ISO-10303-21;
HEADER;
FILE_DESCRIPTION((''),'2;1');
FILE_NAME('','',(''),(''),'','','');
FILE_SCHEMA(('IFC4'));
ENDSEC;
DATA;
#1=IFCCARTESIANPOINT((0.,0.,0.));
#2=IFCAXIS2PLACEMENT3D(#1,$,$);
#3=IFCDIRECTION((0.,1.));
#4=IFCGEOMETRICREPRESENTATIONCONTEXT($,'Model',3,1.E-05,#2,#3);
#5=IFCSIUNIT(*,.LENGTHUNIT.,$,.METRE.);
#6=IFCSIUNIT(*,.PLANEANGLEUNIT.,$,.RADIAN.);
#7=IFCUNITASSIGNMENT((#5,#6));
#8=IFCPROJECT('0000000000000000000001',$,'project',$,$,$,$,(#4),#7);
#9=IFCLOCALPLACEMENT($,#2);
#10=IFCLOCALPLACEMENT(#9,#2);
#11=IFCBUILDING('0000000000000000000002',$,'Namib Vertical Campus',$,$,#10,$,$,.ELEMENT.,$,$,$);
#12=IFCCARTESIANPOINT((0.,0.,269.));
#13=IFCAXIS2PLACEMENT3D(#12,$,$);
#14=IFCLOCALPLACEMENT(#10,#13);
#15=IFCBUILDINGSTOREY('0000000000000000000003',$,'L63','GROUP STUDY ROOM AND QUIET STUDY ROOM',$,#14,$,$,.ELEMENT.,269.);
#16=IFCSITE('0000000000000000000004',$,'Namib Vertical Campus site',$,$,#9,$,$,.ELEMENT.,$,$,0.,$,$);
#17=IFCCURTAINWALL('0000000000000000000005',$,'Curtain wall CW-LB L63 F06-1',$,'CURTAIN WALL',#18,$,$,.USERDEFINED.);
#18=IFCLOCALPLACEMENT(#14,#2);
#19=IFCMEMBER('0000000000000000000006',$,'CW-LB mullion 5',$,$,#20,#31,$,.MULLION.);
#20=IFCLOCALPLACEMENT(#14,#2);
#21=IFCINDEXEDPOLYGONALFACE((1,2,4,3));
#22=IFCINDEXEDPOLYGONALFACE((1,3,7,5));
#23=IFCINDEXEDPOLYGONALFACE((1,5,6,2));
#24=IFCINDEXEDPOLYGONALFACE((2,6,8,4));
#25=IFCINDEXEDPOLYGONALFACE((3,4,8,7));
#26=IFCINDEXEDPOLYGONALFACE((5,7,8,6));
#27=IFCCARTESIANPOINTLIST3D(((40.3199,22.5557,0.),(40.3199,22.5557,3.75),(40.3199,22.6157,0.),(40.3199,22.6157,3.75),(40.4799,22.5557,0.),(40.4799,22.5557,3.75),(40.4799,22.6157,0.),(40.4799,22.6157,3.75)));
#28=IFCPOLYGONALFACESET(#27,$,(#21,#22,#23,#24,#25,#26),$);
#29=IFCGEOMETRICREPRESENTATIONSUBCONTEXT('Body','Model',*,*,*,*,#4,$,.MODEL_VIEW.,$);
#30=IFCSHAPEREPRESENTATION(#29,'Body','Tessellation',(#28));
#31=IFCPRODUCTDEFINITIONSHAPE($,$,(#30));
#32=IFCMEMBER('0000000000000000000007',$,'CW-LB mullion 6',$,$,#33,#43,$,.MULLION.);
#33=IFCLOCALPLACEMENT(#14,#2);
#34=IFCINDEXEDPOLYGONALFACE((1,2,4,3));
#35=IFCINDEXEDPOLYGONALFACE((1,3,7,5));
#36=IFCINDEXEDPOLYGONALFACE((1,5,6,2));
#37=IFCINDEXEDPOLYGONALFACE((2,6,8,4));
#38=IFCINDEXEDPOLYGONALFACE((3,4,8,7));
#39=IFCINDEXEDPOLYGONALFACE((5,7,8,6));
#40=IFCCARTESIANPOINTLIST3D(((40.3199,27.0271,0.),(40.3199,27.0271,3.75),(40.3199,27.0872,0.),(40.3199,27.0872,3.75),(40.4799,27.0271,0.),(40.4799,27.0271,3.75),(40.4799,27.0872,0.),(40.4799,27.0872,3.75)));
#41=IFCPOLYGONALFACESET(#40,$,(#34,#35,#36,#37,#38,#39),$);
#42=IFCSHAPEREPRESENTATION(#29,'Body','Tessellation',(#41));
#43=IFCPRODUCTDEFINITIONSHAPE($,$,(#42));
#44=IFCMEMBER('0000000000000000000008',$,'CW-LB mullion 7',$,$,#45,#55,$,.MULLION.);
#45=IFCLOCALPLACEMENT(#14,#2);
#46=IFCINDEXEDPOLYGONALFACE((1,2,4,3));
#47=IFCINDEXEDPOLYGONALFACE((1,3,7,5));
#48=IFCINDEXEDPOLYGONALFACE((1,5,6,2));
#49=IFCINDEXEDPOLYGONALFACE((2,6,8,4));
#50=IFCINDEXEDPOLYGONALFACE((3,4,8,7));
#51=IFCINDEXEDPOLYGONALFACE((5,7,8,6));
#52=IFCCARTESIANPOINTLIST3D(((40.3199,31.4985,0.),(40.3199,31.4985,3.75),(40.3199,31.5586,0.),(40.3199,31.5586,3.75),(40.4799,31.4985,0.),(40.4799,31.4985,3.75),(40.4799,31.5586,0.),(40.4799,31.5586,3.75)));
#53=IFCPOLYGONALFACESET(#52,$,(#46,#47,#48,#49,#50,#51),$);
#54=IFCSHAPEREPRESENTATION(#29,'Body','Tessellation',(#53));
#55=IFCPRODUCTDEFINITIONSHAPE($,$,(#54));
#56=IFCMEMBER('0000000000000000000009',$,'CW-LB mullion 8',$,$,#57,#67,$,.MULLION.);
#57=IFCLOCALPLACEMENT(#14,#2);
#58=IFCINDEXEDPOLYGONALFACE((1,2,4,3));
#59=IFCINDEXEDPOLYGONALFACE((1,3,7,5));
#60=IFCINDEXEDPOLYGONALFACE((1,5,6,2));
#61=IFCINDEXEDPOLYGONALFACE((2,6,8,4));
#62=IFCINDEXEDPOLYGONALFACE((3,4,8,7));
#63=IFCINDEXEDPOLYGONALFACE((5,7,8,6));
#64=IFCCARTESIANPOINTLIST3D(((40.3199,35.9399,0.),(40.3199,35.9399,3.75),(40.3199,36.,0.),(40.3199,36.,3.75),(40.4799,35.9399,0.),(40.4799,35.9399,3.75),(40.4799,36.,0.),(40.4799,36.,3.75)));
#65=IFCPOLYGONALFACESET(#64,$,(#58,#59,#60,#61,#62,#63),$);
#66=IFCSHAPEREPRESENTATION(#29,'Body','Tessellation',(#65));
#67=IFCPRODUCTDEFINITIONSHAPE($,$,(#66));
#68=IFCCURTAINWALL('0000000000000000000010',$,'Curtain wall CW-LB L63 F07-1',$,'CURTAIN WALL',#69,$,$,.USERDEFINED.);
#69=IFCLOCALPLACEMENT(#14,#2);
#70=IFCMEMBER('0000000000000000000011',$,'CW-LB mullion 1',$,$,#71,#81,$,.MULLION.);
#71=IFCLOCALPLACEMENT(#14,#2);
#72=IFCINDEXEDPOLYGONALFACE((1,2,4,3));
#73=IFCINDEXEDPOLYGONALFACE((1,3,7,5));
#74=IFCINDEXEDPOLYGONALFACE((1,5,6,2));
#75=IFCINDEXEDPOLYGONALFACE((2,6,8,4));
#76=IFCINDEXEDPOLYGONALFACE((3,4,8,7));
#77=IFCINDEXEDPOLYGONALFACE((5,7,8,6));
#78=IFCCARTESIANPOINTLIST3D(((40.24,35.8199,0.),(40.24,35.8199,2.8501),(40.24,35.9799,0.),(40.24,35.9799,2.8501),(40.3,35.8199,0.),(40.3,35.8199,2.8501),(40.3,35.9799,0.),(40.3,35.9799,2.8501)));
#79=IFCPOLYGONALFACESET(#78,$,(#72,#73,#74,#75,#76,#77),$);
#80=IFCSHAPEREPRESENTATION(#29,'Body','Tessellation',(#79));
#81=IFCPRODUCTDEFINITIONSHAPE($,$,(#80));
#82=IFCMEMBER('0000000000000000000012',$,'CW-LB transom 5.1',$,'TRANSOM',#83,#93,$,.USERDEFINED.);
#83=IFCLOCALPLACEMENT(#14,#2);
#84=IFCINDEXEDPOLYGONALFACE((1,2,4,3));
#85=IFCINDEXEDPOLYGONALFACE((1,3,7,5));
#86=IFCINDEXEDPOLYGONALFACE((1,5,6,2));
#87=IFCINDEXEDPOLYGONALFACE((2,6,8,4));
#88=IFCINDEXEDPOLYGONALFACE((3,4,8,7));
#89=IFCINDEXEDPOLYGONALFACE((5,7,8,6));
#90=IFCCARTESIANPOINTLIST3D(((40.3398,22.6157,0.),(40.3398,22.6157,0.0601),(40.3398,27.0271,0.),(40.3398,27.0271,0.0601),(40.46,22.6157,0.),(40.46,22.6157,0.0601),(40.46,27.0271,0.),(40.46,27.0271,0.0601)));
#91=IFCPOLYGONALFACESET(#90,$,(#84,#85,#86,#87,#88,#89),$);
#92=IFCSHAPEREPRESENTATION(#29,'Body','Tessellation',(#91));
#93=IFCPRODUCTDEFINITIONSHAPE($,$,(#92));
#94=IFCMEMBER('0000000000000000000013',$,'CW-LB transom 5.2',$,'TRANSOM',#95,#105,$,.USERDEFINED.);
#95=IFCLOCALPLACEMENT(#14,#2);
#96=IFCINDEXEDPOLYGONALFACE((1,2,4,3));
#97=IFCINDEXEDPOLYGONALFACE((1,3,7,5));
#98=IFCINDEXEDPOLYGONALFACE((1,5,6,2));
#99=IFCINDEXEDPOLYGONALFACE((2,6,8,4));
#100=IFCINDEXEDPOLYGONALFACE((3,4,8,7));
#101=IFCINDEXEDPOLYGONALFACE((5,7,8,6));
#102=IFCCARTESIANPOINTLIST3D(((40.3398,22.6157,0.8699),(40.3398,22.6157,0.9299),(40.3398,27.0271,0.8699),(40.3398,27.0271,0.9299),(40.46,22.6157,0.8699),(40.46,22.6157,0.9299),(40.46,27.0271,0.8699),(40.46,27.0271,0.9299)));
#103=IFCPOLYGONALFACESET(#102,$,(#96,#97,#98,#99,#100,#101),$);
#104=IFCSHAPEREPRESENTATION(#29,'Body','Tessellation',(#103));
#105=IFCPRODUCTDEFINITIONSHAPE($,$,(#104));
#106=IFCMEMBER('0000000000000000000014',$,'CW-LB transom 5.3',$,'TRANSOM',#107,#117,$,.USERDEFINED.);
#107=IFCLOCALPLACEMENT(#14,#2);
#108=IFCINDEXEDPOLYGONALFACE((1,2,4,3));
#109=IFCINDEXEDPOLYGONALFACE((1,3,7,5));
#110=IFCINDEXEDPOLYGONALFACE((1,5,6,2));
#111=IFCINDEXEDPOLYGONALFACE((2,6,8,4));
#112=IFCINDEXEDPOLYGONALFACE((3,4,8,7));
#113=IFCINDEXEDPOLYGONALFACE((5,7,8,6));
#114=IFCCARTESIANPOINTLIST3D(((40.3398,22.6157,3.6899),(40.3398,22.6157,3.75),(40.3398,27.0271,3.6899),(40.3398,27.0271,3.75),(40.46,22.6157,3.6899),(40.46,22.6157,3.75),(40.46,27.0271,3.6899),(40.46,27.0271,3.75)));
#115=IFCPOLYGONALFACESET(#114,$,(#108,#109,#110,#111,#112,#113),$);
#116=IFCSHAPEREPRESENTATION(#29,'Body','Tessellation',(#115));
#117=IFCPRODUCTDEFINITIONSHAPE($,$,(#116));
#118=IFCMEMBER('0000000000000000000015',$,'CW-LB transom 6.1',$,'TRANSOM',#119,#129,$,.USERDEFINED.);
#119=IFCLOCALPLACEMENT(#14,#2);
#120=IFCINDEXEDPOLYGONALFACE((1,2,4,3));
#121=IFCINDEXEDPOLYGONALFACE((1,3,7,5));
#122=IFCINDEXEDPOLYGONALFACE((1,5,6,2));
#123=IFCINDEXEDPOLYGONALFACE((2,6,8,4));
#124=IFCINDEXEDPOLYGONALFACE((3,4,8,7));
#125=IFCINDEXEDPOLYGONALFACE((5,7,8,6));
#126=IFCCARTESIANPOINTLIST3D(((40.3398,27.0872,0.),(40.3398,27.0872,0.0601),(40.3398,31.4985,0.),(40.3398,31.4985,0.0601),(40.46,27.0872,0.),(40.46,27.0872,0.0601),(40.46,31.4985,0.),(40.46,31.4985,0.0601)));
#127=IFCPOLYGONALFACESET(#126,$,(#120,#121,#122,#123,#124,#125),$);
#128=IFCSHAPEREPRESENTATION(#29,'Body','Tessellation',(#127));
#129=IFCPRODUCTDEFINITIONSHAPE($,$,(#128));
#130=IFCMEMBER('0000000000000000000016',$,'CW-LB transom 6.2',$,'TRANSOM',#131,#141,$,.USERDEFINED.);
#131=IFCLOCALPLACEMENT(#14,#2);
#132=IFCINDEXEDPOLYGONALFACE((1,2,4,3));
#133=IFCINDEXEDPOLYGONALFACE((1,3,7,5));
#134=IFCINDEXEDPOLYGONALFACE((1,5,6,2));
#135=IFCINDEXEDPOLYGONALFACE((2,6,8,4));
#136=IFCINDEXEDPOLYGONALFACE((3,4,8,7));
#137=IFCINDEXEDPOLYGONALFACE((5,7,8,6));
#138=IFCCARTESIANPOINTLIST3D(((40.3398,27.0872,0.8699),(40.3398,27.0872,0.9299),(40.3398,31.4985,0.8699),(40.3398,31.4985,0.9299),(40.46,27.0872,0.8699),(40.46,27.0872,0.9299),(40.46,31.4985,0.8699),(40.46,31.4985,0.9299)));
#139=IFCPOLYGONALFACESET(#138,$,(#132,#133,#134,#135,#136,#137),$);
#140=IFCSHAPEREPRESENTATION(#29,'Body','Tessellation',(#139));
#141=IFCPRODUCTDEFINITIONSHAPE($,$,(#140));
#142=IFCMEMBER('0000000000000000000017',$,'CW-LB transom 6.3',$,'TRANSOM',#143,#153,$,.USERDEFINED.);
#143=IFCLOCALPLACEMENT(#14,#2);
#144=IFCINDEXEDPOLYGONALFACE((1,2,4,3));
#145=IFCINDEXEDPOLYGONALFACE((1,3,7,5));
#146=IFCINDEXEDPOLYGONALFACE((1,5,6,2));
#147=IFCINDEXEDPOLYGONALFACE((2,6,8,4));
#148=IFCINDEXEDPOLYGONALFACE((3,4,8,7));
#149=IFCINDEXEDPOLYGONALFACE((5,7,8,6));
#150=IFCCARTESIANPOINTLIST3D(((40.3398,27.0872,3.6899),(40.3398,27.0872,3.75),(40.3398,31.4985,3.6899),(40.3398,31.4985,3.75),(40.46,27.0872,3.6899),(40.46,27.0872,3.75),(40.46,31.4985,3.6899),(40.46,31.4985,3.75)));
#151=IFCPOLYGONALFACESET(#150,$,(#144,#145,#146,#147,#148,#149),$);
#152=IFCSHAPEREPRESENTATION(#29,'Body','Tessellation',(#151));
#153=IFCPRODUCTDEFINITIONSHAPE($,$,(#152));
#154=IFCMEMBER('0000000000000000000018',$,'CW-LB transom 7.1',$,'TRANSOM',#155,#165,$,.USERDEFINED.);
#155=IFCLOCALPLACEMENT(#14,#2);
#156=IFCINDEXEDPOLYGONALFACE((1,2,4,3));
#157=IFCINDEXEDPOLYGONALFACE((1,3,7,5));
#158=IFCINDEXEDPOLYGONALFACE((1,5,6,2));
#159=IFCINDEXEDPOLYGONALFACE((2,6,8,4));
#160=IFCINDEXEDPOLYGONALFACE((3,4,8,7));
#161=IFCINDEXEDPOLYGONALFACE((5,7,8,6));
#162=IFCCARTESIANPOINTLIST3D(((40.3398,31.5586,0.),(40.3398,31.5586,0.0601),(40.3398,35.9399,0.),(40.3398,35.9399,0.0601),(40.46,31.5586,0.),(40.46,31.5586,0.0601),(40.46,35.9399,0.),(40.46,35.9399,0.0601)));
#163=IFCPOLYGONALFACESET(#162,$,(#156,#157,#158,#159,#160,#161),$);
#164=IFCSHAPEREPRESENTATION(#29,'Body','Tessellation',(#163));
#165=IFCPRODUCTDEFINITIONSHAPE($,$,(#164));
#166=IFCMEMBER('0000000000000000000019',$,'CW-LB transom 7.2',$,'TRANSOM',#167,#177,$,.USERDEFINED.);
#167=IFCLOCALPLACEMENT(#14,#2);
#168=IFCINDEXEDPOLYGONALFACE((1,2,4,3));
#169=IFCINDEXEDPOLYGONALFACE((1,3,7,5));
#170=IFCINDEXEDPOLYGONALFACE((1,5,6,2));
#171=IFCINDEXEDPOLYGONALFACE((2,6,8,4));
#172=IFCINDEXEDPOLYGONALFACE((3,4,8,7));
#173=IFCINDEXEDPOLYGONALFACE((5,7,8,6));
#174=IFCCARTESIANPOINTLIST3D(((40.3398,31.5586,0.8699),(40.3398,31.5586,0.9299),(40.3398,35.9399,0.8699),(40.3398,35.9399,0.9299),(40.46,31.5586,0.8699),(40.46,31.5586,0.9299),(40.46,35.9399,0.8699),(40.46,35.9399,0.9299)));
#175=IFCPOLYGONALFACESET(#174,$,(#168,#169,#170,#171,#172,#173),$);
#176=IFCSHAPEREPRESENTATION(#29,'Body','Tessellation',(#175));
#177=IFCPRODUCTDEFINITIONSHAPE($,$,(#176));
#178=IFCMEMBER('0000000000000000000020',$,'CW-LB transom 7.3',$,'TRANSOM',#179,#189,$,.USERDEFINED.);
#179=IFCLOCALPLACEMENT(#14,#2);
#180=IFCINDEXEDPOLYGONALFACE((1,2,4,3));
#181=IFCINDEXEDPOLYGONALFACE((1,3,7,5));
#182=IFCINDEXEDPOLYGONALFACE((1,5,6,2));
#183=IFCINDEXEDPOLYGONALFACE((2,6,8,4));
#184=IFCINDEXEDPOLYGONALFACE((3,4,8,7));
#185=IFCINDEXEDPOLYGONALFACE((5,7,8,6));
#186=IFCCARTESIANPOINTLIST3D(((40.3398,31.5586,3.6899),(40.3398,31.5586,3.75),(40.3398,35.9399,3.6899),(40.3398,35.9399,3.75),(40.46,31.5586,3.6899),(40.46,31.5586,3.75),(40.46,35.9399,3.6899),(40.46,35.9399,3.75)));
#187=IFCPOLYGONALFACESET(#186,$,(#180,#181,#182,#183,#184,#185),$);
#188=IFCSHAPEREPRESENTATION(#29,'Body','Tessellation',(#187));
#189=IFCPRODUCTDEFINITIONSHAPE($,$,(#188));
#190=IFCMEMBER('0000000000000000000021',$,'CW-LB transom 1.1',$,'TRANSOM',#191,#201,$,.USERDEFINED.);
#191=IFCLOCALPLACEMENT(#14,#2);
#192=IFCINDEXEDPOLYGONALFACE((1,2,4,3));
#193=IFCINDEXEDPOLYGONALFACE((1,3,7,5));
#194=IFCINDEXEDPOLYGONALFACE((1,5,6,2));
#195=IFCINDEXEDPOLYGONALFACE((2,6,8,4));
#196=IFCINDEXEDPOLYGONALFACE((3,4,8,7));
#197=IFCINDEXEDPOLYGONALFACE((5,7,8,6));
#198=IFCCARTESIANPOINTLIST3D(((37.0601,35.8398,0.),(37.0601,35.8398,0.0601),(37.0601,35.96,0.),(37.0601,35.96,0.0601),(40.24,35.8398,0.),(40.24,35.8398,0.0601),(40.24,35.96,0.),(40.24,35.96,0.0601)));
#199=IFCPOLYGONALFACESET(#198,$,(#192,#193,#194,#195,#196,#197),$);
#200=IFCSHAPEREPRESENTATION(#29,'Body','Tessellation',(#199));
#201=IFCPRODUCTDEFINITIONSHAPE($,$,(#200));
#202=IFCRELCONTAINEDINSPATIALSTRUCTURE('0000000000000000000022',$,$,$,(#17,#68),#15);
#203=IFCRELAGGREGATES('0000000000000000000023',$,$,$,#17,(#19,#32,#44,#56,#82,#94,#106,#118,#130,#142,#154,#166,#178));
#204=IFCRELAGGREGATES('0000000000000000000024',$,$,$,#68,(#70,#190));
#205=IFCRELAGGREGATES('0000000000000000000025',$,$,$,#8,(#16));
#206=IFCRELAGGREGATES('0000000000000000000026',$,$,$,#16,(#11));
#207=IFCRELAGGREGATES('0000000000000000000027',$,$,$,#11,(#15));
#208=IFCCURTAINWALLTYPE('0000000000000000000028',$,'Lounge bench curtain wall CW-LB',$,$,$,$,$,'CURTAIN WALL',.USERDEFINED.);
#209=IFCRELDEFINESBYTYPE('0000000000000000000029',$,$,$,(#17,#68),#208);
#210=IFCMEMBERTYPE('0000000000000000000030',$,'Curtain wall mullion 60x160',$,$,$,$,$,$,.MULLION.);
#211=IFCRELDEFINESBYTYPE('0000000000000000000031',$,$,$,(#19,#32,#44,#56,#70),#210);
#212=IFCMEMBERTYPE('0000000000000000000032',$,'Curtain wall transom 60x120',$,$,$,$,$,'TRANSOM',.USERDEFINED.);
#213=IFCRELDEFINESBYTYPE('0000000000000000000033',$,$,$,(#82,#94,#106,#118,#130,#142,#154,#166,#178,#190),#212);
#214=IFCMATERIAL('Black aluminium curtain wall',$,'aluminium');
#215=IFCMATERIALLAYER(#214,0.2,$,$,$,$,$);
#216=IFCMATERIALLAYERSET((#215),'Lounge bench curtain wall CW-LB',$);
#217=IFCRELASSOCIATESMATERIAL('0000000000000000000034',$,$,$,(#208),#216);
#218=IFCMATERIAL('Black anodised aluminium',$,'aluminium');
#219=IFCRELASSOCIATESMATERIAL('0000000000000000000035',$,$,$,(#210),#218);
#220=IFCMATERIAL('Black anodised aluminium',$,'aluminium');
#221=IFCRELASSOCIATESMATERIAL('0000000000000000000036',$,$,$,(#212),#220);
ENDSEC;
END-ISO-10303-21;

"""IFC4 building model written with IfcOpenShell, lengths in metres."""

from ifc_helpers import new_model, si_unit, direction, frame, origin, origin_2d, place, context, subcontext, project, spatial, rectangle, extrude, material, layer, layer_set, material_profile, profile_set, type_object, element, aggregate, save


model = new_model("IFC4")

# Units and contexts
model_context = context("Model", 3, precision=1e-05, world=origin(), true_north=direction((0.0, 1.0)))
body_context = subcontext(model_context, "Body", "Model", "MODEL_VIEW")
ifc_project = project(units=[si_unit("LENGTHUNIT", "METRE"), si_unit("PLANEANGLEUNIT", "RADIAN")], contexts=[model_context])

# Site, building, storey
site_placement = place(None, origin())
site = spatial("IfcSite", under=ifc_project, at=site_placement, Name="Namib Vertical Campus site", CompositionType="ELEMENT", RefElevation=0.0)
building_placement = place(site_placement, origin())
building = spatial("IfcBuilding", under=site, at=building_placement, Name="Namib Vertical Campus", CompositionType="ELEMENT")
storey_placement = place(building_placement, frame((0.0, 0.0, 269.0)))
storey = spatial("IfcBuildingStorey", under=building, at=storey_placement, Name="L63", Description="GROUP STUDY ROOM AND QUIET STUDY ROOM", CompositionType="ELEMENT", Elevation=269.0)

# Curtain wall, members
ifc_material_1 = material(Name="Black aluminium curtain wall", Category="aluminium")
ifc_layer_1 = layer(ifc_material_1, 0.2)
ifc_layer_set_1 = layer_set([ifc_layer_1], Name="Lounge bench curtain wall CW-LB")
curtain_wall_type = type_object("IfcCurtainWallType", Name="Lounge bench curtain wall CW-LB", ElementType="CURTAIN WALL", PredefinedType="USERDEFINED", material=ifc_layer_set_1)
curtain_wall_1_placement = place(storey_placement, origin())
curtain_wall_1 = element("IfcCurtainWall", 1, at=curtain_wall_1_placement, inside=storey, type_object=curtain_wall_type, Name="Curtain wall CW-LB L63 F06-1", ObjectType="CURTAIN WALL", PredefinedType="USERDEFINED")
ifc_material_2 = material(Name="Black anodised aluminium", Category="aluminium")
ifc_material_profile_1 = material_profile(ifc_material_2, rectangle(XDim=0.0601, YDim=0.1599, at=origin_2d()))
ifc_profile_set_1 = profile_set([ifc_material_profile_1], Name="Black anodised aluminium")
member_type_1 = type_object("IfcMemberType", Name="Curtain wall mullion 60x160", PredefinedType="MULLION", material=ifc_profile_set_1)
member_1_placement = place(storey_placement, frame((40.3999, 22.5857, 0.0), z_axis=(0.0, 0.0, 1.0), x_axis=(0.0, 1.0, 0.0)))
member_1 = element("IfcMember", 2, at=member_1_placement, type_object=member_type_1, Name="CW-LB mullion 5", PredefinedType="MULLION", context=body_context, shape_type="SweptSolid", body=[
    extrude(rectangle(XDim=0.0601, YDim=0.1599, at=origin_2d()), origin(), (0.0, 0.0, 1.0), 3.75),
])
member_2_placement = place(storey_placement, frame((40.3999, 27.0571, 0.0), z_axis=(0.0, 0.0, 1.0), x_axis=(0.0, 1.0, 0.0)))
member_2 = element("IfcMember", 3, at=member_2_placement, type_object=member_type_1, Name="CW-LB mullion 6", PredefinedType="MULLION", context=body_context, shape_type="SweptSolid", body=[
    extrude(rectangle(XDim=0.0601, YDim=0.1599, at=origin_2d()), origin(), (0.0, 0.0, 1.0), 3.75),
])
member_3_placement = place(storey_placement, frame((40.3999, 31.5286, 0.0), z_axis=(0.0, 0.0, 1.0), x_axis=(0.0, 1.0, 0.0)))
member_3 = element("IfcMember", 4, at=member_3_placement, type_object=member_type_1, Name="CW-LB mullion 7", PredefinedType="MULLION", context=body_context, shape_type="SweptSolid", body=[
    extrude(rectangle(XDim=0.0601, YDim=0.1599, at=origin_2d()), origin(), (0.0, 0.0, 1.0), 3.75),
])
member_4_placement = place(storey_placement, frame((40.3999, 35.97, 0.0), z_axis=(0.0, 0.0, 1.0), x_axis=(0.0, 1.0, 0.0)))
member_4 = element("IfcMember", 5, at=member_4_placement, type_object=member_type_1, Name="CW-LB mullion 8", PredefinedType="MULLION", context=body_context, shape_type="SweptSolid", body=[
    extrude(rectangle(XDim=0.0601, YDim=0.1599, at=origin_2d()), origin(), (0.0, 0.0, 1.0), 3.75),
])

# Curtain wall, member
curtain_wall_2_placement = place(storey_placement, origin())
curtain_wall_2 = element("IfcCurtainWall", 6, at=curtain_wall_2_placement, inside=storey, type_object=curtain_wall_type, Name="Curtain wall CW-LB L63 F07-1", ObjectType="CURTAIN WALL", PredefinedType="USERDEFINED")
member_5_placement = place(storey_placement, frame((40.27, 35.8999, 0.0), z_axis=(0.0, 0.0, 1.0), x_axis=(-1.0, 0.0, 0.0)))
member_5 = element("IfcMember", 7, at=member_5_placement, type_object=member_type_1, Name="CW-LB mullion 1", PredefinedType="MULLION", context=body_context, shape_type="SweptSolid", body=[
    extrude(rectangle(XDim=0.0601, YDim=0.1599, at=origin_2d()), origin(), (0.0, 0.0, 1.0), 2.8501),
])

# Members
ifc_material_3 = material(Name="Black anodised aluminium", Category="aluminium")
ifc_material_profile_2 = material_profile(ifc_material_3, rectangle(XDim=0.0601, YDim=0.1201, at=origin_2d()))
ifc_profile_set_2 = profile_set([ifc_material_profile_2], Name="Black anodised aluminium")
member_type_2 = type_object("IfcMemberType", Name="Curtain wall transom 60x120", ElementType="TRANSOM", PredefinedType="USERDEFINED", material=ifc_profile_set_2)
member_6_placement = place(storey_placement, frame((40.3999, 22.6157, 0.03), z_axis=(0.0, 1.0, 0.0), x_axis=(0.0, 0.0, 1.0)))
member_6 = element("IfcMember", 8, at=member_6_placement, type_object=member_type_2, Name="CW-LB transom 5.1", ObjectType="TRANSOM", PredefinedType="USERDEFINED", context=body_context, shape_type="SweptSolid", body=[
    extrude(rectangle(XDim=0.0601, YDim=0.1201, at=origin_2d()), origin(), (0.0, 0.0, 1.0), 4.4114),
])
member_7_placement = place(storey_placement, frame((40.3999, 22.6157, 0.8999), z_axis=(0.0, 1.0, 0.0), x_axis=(0.0, 0.0, 1.0)))
member_7 = element("IfcMember", 9, at=member_7_placement, type_object=member_type_2, Name="CW-LB transom 5.2", ObjectType="TRANSOM", PredefinedType="USERDEFINED", context=body_context, shape_type="SweptSolid", body=[
    extrude(rectangle(XDim=0.0601, YDim=0.1201, at=origin_2d()), origin(), (0.0, 0.0, 1.0), 4.4114),
])
member_8_placement = place(storey_placement, frame((40.3999, 22.6157, 3.72), z_axis=(0.0, 1.0, 0.0), x_axis=(0.0, 0.0, 1.0)))
member_8 = element("IfcMember", 10, at=member_8_placement, type_object=member_type_2, Name="CW-LB transom 5.3", ObjectType="TRANSOM", PredefinedType="USERDEFINED", context=body_context, shape_type="SweptSolid", body=[
    extrude(rectangle(XDim=0.0601, YDim=0.1201, at=origin_2d()), origin(), (0.0, 0.0, 1.0), 4.4114),
])
member_9_placement = place(storey_placement, frame((40.3999, 27.0872, 0.03), z_axis=(0.0, 1.0, 0.0), x_axis=(0.0, 0.0, 1.0)))
member_9 = element("IfcMember", 11, at=member_9_placement, type_object=member_type_2, Name="CW-LB transom 6.1", ObjectType="TRANSOM", PredefinedType="USERDEFINED", context=body_context, shape_type="SweptSolid", body=[
    extrude(rectangle(XDim=0.0601, YDim=0.1201, at=origin_2d()), origin(), (0.0, 0.0, 1.0), 4.4114),
])
member_10_placement = place(storey_placement, frame((40.3999, 27.0872, 0.8999), z_axis=(0.0, 1.0, 0.0), x_axis=(0.0, 0.0, 1.0)))
member_10 = element("IfcMember", 12, at=member_10_placement, type_object=member_type_2, Name="CW-LB transom 6.2", ObjectType="TRANSOM", PredefinedType="USERDEFINED", context=body_context, shape_type="SweptSolid", body=[
    extrude(rectangle(XDim=0.0601, YDim=0.1201, at=origin_2d()), origin(), (0.0, 0.0, 1.0), 4.4114),
])
member_11_placement = place(storey_placement, frame((40.3999, 27.0872, 3.72), z_axis=(0.0, 1.0, 0.0), x_axis=(0.0, 0.0, 1.0)))
member_11 = element("IfcMember", 13, at=member_11_placement, type_object=member_type_2, Name="CW-LB transom 6.3", ObjectType="TRANSOM", PredefinedType="USERDEFINED", context=body_context, shape_type="SweptSolid", body=[
    extrude(rectangle(XDim=0.0601, YDim=0.1201, at=origin_2d()), origin(), (0.0, 0.0, 1.0), 4.4114),
])
member_12_placement = place(storey_placement, frame((40.3999, 31.5586, 0.03), z_axis=(0.0, 1.0, 0.0), x_axis=(0.0, 0.0, 1.0)))
member_12 = element("IfcMember", 14, at=member_12_placement, type_object=member_type_2, Name="CW-LB transom 7.1", ObjectType="TRANSOM", PredefinedType="USERDEFINED", context=body_context, shape_type="SweptSolid", body=[
    extrude(rectangle(XDim=0.0601, YDim=0.1201, at=origin_2d()), origin(), (0.0, 0.0, 1.0), 4.3813),
])
member_13_placement = place(storey_placement, frame((40.3999, 31.5586, 0.8999), z_axis=(0.0, 1.0, 0.0), x_axis=(0.0, 0.0, 1.0)))
member_13 = element("IfcMember", 15, at=member_13_placement, type_object=member_type_2, Name="CW-LB transom 7.2", ObjectType="TRANSOM", PredefinedType="USERDEFINED", context=body_context, shape_type="SweptSolid", body=[
    extrude(rectangle(XDim=0.0601, YDim=0.1201, at=origin_2d()), origin(), (0.0, 0.0, 1.0), 4.3813),
])
member_14_placement = place(storey_placement, frame((40.3999, 31.5586, 3.72), z_axis=(0.0, 1.0, 0.0), x_axis=(0.0, 0.0, 1.0)))
member_14 = element("IfcMember", 16, at=member_14_placement, type_object=member_type_2, Name="CW-LB transom 7.3", ObjectType="TRANSOM", PredefinedType="USERDEFINED", context=body_context, shape_type="SweptSolid", body=[
    extrude(rectangle(XDim=0.0601, YDim=0.1201, at=origin_2d()), origin(), (0.0, 0.0, 1.0), 4.3813),
])
member_15_placement = place(storey_placement, frame((40.24, 35.8999, 0.03), z_axis=(-1.0, 0.0, 0.0), x_axis=(0.0, 0.0, 1.0)))
member_15 = element("IfcMember", 17, at=member_15_placement, type_object=member_type_2, Name="CW-LB transom 1.1", ObjectType="TRANSOM", PredefinedType="USERDEFINED", context=body_context, shape_type="SweptSolid", body=[
    extrude(rectangle(XDim=0.0601, YDim=0.1201, at=origin_2d()), origin(), (0.0, 0.0, 1.0), 3.1799),
])

aggregate(curtain_wall_1, [member_1, member_2, member_3, member_4, member_6, member_7, member_8, member_9, member_10, member_11, member_12, member_13, member_14])
aggregate(curtain_wall_2, [member_5, member_15])

save(model, "model.ifc")
